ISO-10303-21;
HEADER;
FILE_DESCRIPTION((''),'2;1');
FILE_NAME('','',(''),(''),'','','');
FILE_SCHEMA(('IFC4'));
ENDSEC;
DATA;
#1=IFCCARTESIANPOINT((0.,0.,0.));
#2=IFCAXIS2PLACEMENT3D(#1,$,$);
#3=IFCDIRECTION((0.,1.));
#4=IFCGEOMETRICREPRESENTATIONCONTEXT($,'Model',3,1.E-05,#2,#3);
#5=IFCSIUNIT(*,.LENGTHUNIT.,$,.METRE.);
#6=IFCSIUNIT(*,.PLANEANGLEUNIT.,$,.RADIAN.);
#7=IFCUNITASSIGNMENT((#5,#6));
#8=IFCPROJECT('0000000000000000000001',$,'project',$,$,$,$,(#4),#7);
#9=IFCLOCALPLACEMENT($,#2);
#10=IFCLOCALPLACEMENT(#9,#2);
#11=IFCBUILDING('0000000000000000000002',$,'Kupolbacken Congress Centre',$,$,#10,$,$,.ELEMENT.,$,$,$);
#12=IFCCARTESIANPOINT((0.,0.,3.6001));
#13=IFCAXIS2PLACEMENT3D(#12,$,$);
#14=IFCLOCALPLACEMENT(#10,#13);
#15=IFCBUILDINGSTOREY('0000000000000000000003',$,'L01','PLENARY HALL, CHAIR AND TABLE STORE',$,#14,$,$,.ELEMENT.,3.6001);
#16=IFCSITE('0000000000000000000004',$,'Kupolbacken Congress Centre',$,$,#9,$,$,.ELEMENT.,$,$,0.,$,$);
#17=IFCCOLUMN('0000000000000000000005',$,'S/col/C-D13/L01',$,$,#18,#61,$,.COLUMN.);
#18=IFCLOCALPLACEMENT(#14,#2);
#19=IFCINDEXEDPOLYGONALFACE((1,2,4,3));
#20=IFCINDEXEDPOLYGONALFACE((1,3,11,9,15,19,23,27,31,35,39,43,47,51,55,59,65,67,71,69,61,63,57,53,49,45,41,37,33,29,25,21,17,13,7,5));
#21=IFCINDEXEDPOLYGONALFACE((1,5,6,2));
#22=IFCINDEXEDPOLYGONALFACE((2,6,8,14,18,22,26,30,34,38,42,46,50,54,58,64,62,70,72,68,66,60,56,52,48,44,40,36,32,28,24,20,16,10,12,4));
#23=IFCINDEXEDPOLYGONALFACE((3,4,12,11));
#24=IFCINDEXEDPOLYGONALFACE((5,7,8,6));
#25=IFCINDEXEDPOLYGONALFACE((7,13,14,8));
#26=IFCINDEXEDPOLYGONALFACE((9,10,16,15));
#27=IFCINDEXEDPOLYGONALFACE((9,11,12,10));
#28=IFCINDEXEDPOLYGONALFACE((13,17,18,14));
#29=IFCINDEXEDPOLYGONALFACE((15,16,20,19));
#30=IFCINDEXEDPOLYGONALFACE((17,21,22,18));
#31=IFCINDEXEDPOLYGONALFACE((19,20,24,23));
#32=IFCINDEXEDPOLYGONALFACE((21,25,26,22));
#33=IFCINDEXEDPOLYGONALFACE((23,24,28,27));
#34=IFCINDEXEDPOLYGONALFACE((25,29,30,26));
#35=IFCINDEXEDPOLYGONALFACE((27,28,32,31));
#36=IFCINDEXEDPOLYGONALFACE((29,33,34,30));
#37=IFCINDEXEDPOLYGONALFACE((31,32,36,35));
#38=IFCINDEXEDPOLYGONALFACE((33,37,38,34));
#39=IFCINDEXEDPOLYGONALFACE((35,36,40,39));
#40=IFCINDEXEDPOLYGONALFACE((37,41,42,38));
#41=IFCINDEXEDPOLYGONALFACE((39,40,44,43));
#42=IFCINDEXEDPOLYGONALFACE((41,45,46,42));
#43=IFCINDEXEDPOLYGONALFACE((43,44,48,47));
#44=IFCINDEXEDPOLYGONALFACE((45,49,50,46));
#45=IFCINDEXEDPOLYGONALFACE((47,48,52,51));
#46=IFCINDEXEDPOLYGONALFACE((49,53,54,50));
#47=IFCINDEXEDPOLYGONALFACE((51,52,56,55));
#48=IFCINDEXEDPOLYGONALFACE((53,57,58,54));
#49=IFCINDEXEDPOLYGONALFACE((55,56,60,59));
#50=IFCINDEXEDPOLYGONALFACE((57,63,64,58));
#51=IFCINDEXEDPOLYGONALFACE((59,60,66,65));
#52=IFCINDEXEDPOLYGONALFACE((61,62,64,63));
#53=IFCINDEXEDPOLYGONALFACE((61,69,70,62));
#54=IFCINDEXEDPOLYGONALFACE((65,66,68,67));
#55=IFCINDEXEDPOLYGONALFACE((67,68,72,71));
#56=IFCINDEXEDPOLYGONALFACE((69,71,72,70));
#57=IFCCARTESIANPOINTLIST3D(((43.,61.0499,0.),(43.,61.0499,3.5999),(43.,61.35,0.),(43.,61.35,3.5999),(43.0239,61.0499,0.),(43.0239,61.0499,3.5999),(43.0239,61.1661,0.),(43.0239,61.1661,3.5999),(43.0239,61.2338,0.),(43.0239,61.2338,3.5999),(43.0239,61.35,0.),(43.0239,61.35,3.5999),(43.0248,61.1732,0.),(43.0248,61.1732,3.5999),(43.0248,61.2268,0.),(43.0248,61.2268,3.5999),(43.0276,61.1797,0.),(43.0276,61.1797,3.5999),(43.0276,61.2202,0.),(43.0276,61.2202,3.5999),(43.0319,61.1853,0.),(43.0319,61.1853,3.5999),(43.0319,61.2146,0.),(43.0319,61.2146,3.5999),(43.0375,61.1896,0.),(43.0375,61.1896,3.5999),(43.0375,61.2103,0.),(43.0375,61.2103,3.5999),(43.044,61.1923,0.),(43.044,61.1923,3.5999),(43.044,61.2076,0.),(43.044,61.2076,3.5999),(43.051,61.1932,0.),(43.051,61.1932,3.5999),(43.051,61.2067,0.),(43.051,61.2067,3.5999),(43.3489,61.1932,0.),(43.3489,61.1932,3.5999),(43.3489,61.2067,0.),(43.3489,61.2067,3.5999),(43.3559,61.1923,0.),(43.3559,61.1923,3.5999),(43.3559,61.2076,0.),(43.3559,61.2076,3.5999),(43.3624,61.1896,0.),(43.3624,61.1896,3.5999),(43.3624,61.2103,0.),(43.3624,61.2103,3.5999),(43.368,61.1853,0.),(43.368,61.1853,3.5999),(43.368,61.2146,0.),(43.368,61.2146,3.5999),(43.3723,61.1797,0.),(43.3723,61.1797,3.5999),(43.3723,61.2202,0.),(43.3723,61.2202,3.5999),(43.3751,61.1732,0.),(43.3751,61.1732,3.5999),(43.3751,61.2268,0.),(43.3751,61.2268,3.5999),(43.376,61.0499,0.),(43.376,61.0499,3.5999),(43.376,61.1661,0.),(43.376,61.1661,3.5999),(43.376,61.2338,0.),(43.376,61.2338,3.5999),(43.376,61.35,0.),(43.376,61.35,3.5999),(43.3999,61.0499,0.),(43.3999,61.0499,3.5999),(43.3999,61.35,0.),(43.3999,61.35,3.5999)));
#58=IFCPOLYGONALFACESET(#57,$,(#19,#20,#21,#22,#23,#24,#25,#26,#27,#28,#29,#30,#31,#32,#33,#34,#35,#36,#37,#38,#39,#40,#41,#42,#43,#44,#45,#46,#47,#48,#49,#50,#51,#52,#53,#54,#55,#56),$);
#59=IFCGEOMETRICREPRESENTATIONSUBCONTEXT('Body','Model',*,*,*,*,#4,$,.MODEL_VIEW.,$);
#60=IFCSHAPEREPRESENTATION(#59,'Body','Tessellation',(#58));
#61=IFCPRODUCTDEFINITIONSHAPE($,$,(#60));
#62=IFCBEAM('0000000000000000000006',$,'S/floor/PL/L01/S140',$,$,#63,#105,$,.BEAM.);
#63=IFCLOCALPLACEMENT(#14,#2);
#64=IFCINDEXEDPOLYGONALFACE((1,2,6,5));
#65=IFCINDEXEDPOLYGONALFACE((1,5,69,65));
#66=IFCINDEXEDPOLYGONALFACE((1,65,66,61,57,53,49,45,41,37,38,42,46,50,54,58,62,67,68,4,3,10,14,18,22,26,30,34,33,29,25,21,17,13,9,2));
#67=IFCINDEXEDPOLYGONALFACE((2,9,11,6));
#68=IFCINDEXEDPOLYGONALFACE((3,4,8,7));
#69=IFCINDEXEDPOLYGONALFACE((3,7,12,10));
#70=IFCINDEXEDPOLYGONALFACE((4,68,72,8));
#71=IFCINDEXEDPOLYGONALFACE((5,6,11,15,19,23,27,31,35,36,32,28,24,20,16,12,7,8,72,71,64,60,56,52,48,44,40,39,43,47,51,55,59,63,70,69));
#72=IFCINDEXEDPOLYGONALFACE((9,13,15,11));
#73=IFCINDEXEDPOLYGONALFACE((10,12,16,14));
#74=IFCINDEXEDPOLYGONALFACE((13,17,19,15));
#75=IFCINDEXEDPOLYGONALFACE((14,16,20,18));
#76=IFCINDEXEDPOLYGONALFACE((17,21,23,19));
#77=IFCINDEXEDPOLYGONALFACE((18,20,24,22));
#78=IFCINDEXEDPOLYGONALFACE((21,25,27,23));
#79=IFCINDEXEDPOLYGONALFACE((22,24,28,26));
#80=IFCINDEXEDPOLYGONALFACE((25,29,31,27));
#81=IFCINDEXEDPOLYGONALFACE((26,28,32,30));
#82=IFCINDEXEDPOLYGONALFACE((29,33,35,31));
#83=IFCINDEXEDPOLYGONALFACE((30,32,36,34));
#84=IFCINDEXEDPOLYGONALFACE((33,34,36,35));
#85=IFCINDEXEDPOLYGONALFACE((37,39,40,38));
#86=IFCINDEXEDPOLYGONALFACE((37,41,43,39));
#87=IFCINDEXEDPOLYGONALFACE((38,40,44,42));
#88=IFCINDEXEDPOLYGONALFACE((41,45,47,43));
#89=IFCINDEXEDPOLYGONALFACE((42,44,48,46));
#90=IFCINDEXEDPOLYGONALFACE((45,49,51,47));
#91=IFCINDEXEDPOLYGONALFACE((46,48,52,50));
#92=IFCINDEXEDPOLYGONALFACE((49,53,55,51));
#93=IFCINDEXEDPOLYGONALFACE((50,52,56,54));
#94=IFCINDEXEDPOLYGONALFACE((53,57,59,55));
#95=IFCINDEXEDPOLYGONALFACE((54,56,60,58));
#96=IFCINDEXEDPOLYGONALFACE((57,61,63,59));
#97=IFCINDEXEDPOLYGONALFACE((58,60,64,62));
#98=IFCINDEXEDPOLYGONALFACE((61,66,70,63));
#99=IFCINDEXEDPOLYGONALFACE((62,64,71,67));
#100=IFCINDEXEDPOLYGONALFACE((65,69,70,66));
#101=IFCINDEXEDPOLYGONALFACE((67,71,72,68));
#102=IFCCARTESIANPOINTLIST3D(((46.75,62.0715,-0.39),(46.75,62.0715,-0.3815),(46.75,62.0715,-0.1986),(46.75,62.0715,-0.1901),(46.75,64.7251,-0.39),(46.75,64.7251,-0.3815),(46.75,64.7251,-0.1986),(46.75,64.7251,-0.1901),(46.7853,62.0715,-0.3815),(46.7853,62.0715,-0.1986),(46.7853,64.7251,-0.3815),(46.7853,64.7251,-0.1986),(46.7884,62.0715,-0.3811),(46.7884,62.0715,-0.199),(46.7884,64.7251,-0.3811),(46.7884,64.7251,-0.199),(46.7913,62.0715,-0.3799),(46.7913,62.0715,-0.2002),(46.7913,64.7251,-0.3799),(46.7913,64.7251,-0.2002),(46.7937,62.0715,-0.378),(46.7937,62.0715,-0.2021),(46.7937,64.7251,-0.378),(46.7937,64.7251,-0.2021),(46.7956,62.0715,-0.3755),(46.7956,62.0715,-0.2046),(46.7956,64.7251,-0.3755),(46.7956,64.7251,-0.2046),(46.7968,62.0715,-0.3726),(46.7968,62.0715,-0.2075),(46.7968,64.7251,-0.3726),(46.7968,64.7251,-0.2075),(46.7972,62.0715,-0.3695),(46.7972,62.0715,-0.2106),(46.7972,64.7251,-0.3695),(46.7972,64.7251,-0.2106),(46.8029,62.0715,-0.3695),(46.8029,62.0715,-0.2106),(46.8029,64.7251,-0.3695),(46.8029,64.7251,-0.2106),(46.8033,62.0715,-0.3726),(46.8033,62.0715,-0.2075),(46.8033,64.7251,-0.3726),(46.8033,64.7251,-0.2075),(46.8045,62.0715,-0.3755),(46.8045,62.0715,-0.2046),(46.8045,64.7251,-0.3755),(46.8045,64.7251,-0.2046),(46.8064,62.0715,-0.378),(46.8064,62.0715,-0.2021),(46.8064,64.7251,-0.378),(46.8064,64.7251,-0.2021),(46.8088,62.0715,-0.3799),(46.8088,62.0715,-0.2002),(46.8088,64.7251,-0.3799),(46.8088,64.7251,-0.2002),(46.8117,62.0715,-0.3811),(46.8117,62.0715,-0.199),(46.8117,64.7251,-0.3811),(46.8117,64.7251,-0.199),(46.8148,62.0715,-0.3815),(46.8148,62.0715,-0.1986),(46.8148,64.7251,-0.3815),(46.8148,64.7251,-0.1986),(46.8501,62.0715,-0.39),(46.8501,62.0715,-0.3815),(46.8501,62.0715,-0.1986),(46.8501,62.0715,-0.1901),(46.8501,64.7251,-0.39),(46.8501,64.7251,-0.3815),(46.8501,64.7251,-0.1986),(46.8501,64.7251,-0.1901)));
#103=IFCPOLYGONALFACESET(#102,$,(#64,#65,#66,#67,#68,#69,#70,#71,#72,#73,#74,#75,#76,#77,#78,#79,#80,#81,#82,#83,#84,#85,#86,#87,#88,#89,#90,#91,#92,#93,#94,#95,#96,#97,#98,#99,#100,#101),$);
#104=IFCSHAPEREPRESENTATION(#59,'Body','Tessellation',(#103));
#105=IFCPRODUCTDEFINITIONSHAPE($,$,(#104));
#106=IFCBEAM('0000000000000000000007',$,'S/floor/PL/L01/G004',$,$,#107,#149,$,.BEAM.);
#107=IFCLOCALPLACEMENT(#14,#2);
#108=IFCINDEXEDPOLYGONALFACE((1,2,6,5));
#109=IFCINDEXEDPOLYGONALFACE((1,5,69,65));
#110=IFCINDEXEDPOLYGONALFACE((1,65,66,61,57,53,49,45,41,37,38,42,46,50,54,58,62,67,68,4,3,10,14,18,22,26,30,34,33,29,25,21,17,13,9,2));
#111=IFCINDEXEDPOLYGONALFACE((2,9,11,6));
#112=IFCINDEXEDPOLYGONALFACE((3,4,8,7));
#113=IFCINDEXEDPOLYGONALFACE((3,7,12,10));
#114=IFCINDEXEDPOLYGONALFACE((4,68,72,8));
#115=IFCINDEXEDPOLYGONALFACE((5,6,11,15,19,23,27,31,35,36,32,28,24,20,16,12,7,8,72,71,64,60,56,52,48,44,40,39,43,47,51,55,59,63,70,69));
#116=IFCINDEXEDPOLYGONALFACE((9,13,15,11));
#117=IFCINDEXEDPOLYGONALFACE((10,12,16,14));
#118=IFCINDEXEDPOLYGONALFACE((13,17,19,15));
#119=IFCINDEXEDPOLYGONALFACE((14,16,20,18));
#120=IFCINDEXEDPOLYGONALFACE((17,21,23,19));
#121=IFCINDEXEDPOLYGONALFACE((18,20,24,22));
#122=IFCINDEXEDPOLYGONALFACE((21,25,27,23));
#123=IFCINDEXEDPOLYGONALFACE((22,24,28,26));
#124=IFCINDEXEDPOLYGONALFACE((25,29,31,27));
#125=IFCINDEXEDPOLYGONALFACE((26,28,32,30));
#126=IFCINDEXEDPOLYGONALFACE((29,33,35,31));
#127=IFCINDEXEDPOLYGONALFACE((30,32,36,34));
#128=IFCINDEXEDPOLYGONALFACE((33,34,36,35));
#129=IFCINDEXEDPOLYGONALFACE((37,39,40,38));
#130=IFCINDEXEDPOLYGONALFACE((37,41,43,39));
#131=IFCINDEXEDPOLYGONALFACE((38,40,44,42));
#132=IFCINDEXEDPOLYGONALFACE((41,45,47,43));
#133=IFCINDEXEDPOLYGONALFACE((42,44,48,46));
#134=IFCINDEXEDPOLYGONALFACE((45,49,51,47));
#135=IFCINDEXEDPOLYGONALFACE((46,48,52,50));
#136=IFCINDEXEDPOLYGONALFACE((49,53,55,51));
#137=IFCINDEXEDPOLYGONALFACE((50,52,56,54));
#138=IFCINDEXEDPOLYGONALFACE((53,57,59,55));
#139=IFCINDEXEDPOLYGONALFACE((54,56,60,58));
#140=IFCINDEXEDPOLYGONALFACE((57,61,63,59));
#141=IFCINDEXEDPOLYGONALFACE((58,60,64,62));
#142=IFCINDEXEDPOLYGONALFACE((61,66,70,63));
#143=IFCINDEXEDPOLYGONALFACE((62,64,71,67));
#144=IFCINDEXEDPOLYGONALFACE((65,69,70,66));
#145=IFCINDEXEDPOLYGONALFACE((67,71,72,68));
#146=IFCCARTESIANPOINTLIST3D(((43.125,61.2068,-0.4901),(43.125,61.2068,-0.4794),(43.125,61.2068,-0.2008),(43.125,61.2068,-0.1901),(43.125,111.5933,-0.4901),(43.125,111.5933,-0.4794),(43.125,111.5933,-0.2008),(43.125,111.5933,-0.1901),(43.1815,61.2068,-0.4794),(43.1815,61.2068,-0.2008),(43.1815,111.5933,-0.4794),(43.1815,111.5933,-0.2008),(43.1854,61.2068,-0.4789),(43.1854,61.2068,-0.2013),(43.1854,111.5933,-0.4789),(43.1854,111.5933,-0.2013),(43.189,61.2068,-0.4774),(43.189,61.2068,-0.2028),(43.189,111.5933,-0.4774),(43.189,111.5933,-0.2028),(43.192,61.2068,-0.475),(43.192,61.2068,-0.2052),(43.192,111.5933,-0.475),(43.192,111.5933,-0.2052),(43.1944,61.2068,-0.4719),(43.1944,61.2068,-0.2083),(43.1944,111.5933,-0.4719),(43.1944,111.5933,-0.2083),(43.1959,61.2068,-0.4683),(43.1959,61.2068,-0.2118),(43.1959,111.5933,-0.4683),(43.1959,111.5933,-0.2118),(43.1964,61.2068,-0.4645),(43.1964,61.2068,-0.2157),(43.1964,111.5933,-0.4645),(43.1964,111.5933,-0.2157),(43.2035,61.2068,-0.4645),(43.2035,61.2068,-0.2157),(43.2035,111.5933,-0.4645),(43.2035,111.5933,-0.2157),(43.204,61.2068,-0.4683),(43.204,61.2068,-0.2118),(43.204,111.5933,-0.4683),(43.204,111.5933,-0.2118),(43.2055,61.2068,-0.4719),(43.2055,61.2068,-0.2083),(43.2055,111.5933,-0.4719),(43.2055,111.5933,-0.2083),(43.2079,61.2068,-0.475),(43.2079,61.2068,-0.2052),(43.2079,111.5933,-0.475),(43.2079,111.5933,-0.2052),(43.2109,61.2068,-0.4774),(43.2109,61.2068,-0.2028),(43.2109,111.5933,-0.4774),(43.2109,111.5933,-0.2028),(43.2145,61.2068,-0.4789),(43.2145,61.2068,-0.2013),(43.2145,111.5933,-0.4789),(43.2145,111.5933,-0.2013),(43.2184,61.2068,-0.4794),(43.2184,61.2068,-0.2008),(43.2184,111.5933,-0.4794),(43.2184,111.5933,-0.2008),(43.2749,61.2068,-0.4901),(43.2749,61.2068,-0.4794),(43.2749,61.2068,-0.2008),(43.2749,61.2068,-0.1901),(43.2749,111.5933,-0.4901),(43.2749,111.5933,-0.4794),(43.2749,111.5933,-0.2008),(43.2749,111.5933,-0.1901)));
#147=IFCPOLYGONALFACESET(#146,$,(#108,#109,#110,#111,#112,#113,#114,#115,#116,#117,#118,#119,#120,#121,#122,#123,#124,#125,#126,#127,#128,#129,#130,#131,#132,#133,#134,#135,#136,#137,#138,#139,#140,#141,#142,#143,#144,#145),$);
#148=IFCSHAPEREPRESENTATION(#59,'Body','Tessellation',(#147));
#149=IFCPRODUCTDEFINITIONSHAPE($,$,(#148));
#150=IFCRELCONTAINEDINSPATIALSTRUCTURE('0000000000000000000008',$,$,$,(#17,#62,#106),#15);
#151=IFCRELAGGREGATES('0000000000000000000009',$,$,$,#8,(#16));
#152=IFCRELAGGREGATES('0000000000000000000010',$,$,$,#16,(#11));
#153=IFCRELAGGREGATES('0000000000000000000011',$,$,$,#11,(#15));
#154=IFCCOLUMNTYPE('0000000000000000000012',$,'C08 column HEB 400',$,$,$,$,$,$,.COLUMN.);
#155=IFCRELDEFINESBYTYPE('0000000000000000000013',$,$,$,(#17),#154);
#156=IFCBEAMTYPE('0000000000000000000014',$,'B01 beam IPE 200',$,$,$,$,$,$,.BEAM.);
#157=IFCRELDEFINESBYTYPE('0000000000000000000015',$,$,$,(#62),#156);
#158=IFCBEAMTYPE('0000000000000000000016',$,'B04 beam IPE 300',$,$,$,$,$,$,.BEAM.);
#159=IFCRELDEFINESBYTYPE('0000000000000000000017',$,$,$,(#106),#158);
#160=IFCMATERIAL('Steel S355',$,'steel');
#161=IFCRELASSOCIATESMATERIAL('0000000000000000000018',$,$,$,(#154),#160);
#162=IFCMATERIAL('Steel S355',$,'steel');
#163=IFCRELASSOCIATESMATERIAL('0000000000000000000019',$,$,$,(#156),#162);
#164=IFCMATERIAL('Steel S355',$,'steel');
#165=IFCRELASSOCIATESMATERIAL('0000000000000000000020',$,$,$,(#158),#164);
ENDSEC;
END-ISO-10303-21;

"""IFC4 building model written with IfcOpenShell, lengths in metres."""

from ifc_helpers import new_model, si_unit, direction, frame, origin, origin_2d, place, context, subcontext, project, spatial, i_section, extrude, material, material_profile, profile_set, type_object, element, save


model = new_model("IFC4")

# Units and contexts
model_context = context("Model", 3, precision=1e-05, world=origin(), true_north=direction((0.0, 1.0)))
body_context = subcontext(model_context, "Body", "Model", "MODEL_VIEW")
ifc_project = project(units=[si_unit("LENGTHUNIT", "METRE"), si_unit("PLANEANGLEUNIT", "RADIAN")], contexts=[model_context])

# Site, building, storey
site_placement = place(None, origin())
site = spatial("IfcSite", under=ifc_project, at=site_placement, Name="Kupolbacken Congress Centre", CompositionType="ELEMENT", RefElevation=0.0)
building_placement = place(site_placement, origin())
building = spatial("IfcBuilding", under=site, at=building_placement, Name="Kupolbacken Congress Centre", CompositionType="ELEMENT")
storey_placement = place(building_placement, frame((0.0, 0.0, 3.6001)))
storey = spatial("IfcBuildingStorey", under=building, at=storey_placement, Name="L01", Description="PLENARY HALL, CHAIR AND TABLE STORE", CompositionType="ELEMENT", Elevation=3.6001)

# Column
ifc_material_1 = material(Name="Steel S355", Category="steel")
ifc_material_profile_1 = material_profile(ifc_material_1, i_section(OverallWidth=0.3, OverallDepth=0.3999, WebThickness=0.0134, FlangeThickness=0.0239, FilletRadius=0.0271, at=origin_2d()), Name="HEB 400")
ifc_profile_set_1 = profile_set([ifc_material_profile_1], Name="Steel S355")
column_type = type_object("IfcColumnType", Name="C08 column HEB 400", PredefinedType="COLUMN", material=ifc_profile_set_1)
column_placement = place(storey_placement, frame((43.2, 61.2, 0.0), z_axis=(0.0, 0.0, 1.0), x_axis=(0.0, -1.0, 0.0)))
element("IfcColumn", 1, at=column_placement, inside=storey, type_object=column_type, Name="S/col/C-D13/L01", PredefinedType="COLUMN", context=body_context, shape_type="SweptSolid", body=[
    extrude(i_section(OverallWidth=0.3, OverallDepth=0.3999, WebThickness=0.0134, FlangeThickness=0.0239, FilletRadius=0.0271, at=origin_2d()), origin(), (0.0, 0.0, 1.0), 3.5999),
])

# Beams
ifc_material_2 = material(Name="Steel S355", Category="steel")
ifc_material_profile_2 = material_profile(ifc_material_2, i_section(OverallWidth=0.1001, OverallDepth=0.2, WebThickness=0.0056, FlangeThickness=0.0085, FilletRadius=0.012, at=origin_2d()), Name="IPE 200")
ifc_profile_set_2 = profile_set([ifc_material_profile_2], Name="Steel S355")
beam_type_1 = type_object("IfcBeamType", Name="B01 beam IPE 200", PredefinedType="BEAM", material=ifc_profile_set_2)
beam_1_placement = place(storey_placement, frame((46.8, 62.0715, -0.29), z_axis=(0.0, 1.0, 0.0), x_axis=(-1.0, 0.0, 0.0)))
element("IfcBeam", 2, at=beam_1_placement, inside=storey, type_object=beam_type_1, Name="S/floor/PL/L01/S140", PredefinedType="BEAM", context=body_context, shape_type="SweptSolid", body=[
    extrude(i_section(OverallWidth=0.1001, OverallDepth=0.2, WebThickness=0.0056, FlangeThickness=0.0085, FilletRadius=0.012, at=origin_2d()), origin(), (0.0, 0.0, 1.0), 2.6536),
])
ifc_material_3 = material(Name="Steel S355", Category="steel")
ifc_material_profile_3 = material_profile(ifc_material_3, i_section(OverallWidth=0.1499, OverallDepth=0.3, WebThickness=0.0071, FlangeThickness=0.0107, FilletRadius=0.0149, at=origin_2d()), Name="IPE 300")
ifc_profile_set_3 = profile_set([ifc_material_profile_3], Name="Steel S355")
beam_type_2 = type_object("IfcBeamType", Name="B04 beam IPE 300", PredefinedType="BEAM", material=ifc_profile_set_3)
beam_2_placement = place(storey_placement, frame((43.2, 61.2068, -0.3401), z_axis=(0.0, 1.0, 0.0), x_axis=(-1.0, 0.0, 0.0)))
element("IfcBeam", 3, at=beam_2_placement, inside=storey, type_object=beam_type_2, Name="S/floor/PL/L01/G004", PredefinedType="BEAM", context=body_context, shape_type="SweptSolid", body=[
    extrude(i_section(OverallWidth=0.1499, OverallDepth=0.3, WebThickness=0.0071, FlangeThickness=0.0107, FilletRadius=0.0149, at=origin_2d()), origin(), (0.0, 0.0, 1.0), 50.3865),
])

save(model, "model.ifc")
